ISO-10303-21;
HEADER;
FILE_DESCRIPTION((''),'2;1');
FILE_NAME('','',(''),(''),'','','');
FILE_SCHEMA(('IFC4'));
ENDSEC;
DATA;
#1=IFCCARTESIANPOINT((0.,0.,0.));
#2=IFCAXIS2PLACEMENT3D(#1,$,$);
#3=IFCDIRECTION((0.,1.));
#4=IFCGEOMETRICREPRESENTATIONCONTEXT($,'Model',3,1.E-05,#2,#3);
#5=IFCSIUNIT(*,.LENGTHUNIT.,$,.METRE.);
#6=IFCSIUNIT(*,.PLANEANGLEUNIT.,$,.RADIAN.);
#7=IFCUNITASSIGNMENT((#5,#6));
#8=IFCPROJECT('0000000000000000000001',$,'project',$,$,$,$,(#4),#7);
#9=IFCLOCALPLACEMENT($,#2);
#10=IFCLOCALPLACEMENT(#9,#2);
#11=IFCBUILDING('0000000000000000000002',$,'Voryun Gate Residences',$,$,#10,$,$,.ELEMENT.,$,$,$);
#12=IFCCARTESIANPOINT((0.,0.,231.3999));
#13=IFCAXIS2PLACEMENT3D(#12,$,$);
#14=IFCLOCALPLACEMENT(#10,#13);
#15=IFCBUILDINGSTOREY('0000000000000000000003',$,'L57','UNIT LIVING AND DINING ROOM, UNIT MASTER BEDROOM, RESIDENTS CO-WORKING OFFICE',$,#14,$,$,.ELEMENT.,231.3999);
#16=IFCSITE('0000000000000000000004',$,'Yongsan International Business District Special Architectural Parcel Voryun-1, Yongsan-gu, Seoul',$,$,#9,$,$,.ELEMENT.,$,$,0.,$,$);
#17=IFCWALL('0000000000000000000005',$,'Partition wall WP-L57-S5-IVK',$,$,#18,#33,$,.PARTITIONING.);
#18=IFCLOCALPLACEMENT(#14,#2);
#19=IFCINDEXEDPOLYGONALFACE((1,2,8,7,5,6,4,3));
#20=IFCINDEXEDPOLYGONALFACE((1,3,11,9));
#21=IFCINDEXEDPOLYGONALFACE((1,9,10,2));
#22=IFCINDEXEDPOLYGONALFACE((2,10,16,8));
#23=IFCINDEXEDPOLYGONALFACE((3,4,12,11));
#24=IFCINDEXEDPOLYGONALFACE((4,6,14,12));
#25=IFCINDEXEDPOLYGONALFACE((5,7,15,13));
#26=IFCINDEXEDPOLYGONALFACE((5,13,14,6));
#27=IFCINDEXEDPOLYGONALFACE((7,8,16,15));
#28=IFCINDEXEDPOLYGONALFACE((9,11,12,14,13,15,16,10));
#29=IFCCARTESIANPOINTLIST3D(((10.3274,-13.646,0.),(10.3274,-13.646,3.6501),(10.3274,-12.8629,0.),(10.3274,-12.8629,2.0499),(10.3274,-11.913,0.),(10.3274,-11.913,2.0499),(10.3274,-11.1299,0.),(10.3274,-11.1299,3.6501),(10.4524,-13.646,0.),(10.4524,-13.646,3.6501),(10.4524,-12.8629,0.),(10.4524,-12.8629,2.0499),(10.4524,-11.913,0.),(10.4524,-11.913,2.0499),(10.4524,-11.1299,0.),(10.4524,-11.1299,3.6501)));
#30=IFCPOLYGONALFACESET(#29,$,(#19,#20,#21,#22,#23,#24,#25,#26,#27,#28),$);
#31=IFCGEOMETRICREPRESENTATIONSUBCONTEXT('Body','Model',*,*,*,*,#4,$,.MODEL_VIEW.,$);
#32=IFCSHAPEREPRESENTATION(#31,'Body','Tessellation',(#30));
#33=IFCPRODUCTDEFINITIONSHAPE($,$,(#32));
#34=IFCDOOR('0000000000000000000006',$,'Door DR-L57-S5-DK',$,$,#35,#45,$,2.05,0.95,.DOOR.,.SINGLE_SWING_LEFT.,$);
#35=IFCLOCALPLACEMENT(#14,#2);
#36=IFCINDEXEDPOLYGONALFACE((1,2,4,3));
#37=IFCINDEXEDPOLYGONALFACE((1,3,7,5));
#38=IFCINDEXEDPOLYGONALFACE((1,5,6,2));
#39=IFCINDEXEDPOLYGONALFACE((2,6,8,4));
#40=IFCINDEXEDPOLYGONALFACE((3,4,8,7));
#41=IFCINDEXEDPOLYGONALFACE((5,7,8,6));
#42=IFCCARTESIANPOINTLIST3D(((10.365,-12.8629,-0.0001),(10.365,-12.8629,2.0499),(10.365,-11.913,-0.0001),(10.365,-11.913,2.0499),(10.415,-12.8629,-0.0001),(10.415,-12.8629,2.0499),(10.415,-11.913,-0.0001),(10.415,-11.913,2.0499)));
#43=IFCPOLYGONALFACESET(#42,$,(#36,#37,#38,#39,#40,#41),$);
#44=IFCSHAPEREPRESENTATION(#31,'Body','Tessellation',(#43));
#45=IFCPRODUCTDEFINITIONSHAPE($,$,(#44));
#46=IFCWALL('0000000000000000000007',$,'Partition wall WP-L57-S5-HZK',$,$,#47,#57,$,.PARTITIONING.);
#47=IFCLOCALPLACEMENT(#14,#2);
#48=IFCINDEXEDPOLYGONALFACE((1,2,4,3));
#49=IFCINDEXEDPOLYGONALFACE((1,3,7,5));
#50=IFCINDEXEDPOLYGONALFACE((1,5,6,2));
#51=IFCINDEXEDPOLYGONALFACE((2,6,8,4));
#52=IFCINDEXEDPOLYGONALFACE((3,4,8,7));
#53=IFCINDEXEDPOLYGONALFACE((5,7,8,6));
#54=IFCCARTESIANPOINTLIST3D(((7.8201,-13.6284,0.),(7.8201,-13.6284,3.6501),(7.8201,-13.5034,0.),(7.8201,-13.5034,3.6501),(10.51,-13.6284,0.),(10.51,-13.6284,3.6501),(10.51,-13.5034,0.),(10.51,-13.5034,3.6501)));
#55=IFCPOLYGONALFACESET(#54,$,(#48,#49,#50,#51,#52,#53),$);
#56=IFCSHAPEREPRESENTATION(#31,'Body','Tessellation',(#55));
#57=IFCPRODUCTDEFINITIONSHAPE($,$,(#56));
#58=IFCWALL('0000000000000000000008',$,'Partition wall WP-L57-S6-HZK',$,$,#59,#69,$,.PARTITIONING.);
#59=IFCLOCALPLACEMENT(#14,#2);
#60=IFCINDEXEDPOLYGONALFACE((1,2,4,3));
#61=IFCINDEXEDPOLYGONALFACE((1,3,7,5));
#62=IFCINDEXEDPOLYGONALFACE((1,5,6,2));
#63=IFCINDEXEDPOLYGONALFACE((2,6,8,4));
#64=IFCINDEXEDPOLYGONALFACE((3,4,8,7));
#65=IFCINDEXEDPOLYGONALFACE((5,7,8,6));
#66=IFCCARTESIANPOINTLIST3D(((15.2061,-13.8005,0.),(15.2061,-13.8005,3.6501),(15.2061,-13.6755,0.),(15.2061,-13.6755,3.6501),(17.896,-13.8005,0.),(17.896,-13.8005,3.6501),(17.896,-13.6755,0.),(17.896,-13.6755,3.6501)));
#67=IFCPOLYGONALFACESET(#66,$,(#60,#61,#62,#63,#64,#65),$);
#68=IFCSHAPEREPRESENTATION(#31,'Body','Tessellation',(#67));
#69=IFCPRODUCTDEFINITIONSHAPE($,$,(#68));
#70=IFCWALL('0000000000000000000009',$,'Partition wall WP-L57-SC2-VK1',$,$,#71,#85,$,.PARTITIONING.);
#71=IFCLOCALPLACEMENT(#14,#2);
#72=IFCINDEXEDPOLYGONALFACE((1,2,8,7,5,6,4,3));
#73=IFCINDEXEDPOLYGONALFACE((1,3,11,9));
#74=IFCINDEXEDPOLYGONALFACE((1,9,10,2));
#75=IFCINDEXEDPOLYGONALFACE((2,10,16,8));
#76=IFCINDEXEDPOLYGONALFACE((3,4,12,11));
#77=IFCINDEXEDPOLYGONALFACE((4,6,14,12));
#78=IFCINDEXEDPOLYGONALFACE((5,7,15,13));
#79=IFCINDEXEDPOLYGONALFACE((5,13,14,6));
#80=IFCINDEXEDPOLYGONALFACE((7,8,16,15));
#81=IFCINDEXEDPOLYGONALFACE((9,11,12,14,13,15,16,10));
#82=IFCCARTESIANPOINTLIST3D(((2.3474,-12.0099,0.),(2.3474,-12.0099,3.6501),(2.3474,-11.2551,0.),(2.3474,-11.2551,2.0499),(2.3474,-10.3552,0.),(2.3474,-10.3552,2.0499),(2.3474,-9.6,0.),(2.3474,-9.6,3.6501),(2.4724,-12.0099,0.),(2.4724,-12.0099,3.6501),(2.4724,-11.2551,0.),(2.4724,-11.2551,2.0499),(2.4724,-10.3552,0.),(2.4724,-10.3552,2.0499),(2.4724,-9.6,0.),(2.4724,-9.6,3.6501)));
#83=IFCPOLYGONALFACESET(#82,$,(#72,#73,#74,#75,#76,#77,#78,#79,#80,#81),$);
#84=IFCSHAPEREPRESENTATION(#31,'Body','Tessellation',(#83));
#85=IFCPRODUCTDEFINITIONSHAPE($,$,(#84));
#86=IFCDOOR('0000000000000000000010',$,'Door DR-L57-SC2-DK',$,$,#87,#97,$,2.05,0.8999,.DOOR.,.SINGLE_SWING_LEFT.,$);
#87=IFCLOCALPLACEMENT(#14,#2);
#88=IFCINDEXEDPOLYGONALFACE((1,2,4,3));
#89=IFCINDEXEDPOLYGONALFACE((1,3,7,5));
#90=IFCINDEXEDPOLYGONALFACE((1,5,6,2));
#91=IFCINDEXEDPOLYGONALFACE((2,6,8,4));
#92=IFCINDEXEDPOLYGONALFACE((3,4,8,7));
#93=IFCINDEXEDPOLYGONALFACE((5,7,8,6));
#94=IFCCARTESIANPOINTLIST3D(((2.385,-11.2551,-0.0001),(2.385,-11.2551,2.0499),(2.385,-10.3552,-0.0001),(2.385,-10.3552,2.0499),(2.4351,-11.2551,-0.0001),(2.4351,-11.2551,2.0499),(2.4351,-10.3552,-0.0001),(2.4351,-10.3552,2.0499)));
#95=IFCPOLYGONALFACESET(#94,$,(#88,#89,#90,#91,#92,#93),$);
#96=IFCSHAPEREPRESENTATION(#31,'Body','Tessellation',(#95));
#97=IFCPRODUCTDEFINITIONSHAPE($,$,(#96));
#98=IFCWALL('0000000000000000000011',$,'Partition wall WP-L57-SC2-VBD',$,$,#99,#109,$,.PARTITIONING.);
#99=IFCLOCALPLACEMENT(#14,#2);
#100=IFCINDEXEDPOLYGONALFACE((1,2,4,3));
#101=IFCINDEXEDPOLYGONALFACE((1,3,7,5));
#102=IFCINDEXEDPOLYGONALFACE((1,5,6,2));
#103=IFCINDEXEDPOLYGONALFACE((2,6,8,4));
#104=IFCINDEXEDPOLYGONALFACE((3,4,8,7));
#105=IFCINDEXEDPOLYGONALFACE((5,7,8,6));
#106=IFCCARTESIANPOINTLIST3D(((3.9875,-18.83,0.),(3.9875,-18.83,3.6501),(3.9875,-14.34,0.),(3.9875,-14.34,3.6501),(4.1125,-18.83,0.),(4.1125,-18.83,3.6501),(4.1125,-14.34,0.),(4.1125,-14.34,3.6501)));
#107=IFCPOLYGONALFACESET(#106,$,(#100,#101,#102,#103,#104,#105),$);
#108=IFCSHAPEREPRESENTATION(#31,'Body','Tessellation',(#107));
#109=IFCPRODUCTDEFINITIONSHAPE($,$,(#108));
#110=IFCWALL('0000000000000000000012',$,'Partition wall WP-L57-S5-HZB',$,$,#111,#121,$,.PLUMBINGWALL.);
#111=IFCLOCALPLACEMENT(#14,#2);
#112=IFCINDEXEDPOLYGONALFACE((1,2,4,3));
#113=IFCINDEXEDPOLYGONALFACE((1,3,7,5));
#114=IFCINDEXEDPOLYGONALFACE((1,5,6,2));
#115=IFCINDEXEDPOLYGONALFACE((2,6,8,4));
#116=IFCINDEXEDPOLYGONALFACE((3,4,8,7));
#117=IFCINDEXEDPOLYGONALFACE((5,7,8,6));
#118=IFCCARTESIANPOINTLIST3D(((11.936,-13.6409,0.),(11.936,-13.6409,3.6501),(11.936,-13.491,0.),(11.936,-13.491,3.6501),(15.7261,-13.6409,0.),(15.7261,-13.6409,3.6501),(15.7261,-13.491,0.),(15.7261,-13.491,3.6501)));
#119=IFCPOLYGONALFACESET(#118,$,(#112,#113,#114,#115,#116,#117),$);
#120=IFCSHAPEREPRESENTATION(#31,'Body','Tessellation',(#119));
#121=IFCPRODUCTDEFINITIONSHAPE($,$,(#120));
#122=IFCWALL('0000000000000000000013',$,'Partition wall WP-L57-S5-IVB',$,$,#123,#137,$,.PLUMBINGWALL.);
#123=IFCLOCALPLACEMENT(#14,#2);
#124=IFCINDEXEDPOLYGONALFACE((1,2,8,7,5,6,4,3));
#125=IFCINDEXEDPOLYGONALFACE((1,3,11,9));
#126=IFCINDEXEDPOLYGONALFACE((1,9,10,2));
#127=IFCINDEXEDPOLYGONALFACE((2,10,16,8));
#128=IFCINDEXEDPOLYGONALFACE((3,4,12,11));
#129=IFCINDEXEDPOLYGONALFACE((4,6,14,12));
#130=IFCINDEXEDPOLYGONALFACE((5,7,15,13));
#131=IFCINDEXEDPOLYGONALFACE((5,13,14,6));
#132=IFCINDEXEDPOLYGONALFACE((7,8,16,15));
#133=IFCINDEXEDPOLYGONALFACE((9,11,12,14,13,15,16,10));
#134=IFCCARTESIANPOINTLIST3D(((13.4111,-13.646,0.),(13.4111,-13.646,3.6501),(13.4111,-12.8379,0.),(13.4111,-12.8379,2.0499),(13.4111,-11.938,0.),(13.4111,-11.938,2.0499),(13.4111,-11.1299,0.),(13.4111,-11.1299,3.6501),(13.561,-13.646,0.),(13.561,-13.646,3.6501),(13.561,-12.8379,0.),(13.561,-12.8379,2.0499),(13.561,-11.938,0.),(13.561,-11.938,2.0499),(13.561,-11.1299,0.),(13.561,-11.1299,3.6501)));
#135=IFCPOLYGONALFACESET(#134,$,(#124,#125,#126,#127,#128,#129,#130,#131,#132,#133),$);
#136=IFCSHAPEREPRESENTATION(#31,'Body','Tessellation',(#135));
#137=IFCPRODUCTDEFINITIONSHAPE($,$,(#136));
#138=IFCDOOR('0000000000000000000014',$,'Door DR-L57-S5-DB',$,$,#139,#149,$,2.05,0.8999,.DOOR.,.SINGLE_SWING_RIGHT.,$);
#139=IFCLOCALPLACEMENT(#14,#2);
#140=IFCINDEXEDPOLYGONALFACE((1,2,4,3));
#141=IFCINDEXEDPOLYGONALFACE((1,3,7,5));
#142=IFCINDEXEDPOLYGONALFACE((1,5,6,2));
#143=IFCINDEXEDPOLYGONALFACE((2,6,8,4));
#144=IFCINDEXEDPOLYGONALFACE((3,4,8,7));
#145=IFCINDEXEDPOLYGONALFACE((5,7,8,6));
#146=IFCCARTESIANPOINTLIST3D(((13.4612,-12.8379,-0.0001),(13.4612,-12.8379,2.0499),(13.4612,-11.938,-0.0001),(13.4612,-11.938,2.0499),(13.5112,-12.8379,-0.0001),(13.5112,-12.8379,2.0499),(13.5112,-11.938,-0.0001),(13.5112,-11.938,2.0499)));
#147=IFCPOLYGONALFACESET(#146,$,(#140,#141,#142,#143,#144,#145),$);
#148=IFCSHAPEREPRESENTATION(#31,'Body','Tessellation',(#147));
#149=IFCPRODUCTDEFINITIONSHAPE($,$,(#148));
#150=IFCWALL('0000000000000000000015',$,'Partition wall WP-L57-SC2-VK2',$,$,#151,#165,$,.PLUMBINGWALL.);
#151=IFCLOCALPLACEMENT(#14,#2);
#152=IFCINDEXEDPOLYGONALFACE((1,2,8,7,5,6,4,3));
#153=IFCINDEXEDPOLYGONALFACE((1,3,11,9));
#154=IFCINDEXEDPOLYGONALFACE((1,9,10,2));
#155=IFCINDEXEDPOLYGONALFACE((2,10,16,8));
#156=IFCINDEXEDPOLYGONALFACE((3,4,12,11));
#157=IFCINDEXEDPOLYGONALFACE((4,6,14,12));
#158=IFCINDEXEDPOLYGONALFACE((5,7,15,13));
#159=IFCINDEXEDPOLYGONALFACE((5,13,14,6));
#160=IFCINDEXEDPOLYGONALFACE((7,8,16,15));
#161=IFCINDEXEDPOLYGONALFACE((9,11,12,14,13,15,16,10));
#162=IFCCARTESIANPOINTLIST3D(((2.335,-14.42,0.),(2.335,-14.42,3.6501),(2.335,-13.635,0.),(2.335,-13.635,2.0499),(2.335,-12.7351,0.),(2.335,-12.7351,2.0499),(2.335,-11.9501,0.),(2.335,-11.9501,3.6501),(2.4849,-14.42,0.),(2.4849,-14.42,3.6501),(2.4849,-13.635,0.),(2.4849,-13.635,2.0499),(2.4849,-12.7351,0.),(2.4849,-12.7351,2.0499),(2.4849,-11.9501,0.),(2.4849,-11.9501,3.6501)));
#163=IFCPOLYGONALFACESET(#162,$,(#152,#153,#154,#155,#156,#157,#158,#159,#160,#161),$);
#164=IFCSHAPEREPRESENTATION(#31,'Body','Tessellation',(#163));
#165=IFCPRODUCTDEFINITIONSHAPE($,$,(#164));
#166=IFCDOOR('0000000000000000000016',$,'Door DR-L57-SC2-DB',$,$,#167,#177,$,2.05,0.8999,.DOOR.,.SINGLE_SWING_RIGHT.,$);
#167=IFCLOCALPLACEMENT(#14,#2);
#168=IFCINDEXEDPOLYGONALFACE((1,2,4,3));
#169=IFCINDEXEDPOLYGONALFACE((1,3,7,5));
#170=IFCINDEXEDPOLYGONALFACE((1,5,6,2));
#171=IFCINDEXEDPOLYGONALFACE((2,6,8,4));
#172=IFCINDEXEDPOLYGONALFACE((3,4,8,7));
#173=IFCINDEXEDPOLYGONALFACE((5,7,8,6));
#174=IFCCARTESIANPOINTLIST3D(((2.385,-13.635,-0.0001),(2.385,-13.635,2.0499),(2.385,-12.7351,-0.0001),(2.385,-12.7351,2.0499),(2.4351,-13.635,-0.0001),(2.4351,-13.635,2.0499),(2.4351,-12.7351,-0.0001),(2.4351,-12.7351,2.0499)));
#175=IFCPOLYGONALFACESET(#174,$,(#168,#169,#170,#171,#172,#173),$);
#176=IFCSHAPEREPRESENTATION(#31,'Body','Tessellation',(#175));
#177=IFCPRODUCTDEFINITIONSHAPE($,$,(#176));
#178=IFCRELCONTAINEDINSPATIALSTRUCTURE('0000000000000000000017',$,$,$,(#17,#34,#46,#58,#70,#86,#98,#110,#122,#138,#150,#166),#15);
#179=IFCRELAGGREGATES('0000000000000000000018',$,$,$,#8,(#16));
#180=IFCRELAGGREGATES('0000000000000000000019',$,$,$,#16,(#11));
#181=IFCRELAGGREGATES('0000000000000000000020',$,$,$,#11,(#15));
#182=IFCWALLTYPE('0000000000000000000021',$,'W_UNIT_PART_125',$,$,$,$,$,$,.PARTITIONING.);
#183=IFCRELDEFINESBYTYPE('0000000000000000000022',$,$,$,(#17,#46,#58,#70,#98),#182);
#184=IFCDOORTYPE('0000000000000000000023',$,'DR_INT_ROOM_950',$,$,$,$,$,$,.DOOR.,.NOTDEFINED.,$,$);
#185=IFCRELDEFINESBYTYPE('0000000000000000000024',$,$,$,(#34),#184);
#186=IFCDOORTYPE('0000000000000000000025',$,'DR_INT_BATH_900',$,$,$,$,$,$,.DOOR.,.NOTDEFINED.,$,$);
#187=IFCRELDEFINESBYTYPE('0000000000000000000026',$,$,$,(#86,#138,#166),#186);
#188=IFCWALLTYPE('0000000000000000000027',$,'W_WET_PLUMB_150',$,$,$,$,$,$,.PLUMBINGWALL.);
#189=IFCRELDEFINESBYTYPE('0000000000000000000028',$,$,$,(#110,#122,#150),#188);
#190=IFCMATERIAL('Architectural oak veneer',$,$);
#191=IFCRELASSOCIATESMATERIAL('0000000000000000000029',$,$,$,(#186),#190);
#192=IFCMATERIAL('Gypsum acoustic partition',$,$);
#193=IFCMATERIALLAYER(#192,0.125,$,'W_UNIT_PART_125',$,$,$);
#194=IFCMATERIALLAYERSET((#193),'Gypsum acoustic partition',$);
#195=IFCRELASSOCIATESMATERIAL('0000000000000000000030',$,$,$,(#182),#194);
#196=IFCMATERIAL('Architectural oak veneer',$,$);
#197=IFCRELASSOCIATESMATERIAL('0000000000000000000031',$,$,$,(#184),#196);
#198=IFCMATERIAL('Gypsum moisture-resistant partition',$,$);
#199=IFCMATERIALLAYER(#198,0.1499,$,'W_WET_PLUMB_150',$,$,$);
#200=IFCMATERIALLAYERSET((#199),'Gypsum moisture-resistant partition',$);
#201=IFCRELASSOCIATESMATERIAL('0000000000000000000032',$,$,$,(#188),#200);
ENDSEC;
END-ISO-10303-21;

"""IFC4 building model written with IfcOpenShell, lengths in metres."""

from ifc_helpers import new_model, si_unit, direction, frame, frame_2d, origin, place, context, subcontext, project, spatial, rectangle, extrude, material, layer, layer_set, type_object, element, fill, save


model = new_model("IFC4")

# Units and contexts
model_context = context("Model", 3, precision=1e-05, world=origin(), true_north=direction((0.0, 1.0)))
body_context = subcontext(model_context, "Body", "Model", "MODEL_VIEW")
ifc_project = project(units=[si_unit("LENGTHUNIT", "METRE"), si_unit("PLANEANGLEUNIT", "RADIAN")], contexts=[model_context])

# Site, building, storey
site_placement = place(None, origin())
site = spatial("IfcSite", under=ifc_project, at=site_placement, Name="Yongsan International Business District Special Architectural Parcel Voryun-1, Yongsan-gu, Seoul", CompositionType="ELEMENT", RefElevation=0.0)
building_placement = place(site_placement, origin())
building = spatial("IfcBuilding", under=site, at=building_placement, Name="Voryun Gate Residences", CompositionType="ELEMENT")
storey_placement = place(building_placement, frame((0.0, 0.0, 231.3999)))
storey = spatial("IfcBuildingStorey", under=building, at=storey_placement, Name="L57", Description="UNIT LIVING AND DINING ROOM, UNIT MASTER BEDROOM, RESIDENTS CO-WORKING OFFICE", CompositionType="ELEMENT", Elevation=231.3999)

# Shared definitions
ifc_material_1 = material(Name="Architectural oak veneer")
door_type_1 = type_object("IfcDoorType", Name="DR_INT_BATH_900", OperationType="NOTDEFINED", PredefinedType="DOOR", material=ifc_material_1)

# Wall, opening, door
ifc_material_2 = material(Name="Gypsum acoustic partition")
ifc_layer_1 = layer(ifc_material_2, 0.125, Name="W_UNIT_PART_125")
ifc_layer_set_1 = layer_set([ifc_layer_1], Name="Gypsum acoustic partition")
wall_type_1 = type_object("IfcWallType", Name="W_UNIT_PART_125", PredefinedType="PARTITIONING", material=ifc_layer_set_1)
wall_1_placement = place(storey_placement, frame((10.3899, -13.646, 0.0), z_axis=(0.0, 0.0, 1.0), x_axis=(0.0, 1.0, 0.0)))
wall_1 = element("IfcWall", 1, at=wall_1_placement, inside=storey, type_object=wall_type_1, Name="Partition wall WP-L57-S5-IVK", PredefinedType="PARTITIONING", context=body_context, shape_type="SweptSolid", body=[
    extrude(rectangle(XDim=2.5161, YDim=0.125, at=frame_2d((1.2581, 0.0))), origin(), (0.0, 0.0, 1.0), 3.6501),
])
opening_1_placement = place(wall_1_placement, frame((0.783, 0.0, 0.0)))
opening_1 = element("IfcOpeningElement", 2, at=opening_1_placement, cuts=wall_1, PredefinedType="OPENING", context=body_context, shape_type="SweptSolid", body=[
    extrude(rectangle(XDim=0.95, YDim=2.05, at=frame_2d((0.4751, 1.0249))), frame((0.0, 0.0725, 0.0), z_axis=(0.0, -1.0, 0.0), x_axis=(1.0, 0.0, 0.0)), (0.0, 0.0, 1.0), 0.145),
])
ifc_material_3 = material(Name="Architectural oak veneer")
door_type_2 = type_object("IfcDoorType", Name="DR_INT_ROOM_950", OperationType="NOTDEFINED", PredefinedType="DOOR", material=ifc_material_3)
door_1_placement = place(opening_1_placement, origin())
door_1 = element("IfcDoor", 3, at=door_1_placement, inside=storey, type_object=door_type_2, Name="Door DR-L57-S5-DK", OperationType="SINGLE_SWING_LEFT", OverallHeight=2.05, OverallWidth=0.95, PredefinedType="DOOR", context=body_context, shape_type="SweptSolid", body=[
    extrude(rectangle(XDim=0.95, YDim=2.05, at=frame_2d((0.4751, 1.0249))), frame((0.0, 0.0249, 0.0), z_axis=(0.0, -1.0, 0.0), x_axis=(1.0, 0.0, 0.0)), (0.0, 0.0, 1.0), 0.05),
])
fill(opening_1, door_1)

# Walls
for number, where, z_axis, x_axis, name in (
    (4, (7.8201, -13.5659, 0.0), (0.0, 0.0, 1.0), (1.0, 0.0, 0.0), "Partition wall WP-L57-S5-HZK"),
    (5, (15.2061, -13.738, 0.0), (0.0, 0.0, 1.0), (1.0, 0.0, 0.0), "Partition wall WP-L57-S6-HZK"),
):
    element("IfcWall", number, at=place(storey_placement, frame(where, z_axis=z_axis, x_axis=x_axis)), inside=storey, type_object=wall_type_1, Name=name, PredefinedType="PARTITIONING", context=body_context, shape_type="SweptSolid", body=[
        extrude(rectangle(XDim=2.6899, YDim=0.125, at=frame_2d((1.345, 0.0))), origin(), (0.0, 0.0, 1.0), 3.6501),
    ])

# Wall, opening, door
wall_2_placement = place(storey_placement, frame((2.4099, -12.01, 0.0), z_axis=(0.0, 0.0, 1.0), x_axis=(0.0, 1.0, 0.0)))
wall_2 = element("IfcWall", 6, at=wall_2_placement, inside=storey, type_object=wall_type_1, Name="Partition wall WP-L57-SC2-VK1", PredefinedType="PARTITIONING", context=body_context, shape_type="SweptSolid", body=[
    extrude(rectangle(XDim=2.4099, YDim=0.125, at=frame_2d((1.2051, 0.0))), origin(), (0.0, 0.0, 1.0), 3.6501),
])
opening_2_placement = place(wall_2_placement, frame((0.7549, 0.0, 0.0)))
opening_2 = element("IfcOpeningElement", 7, at=opening_2_placement, cuts=wall_2, PredefinedType="OPENING", context=body_context, shape_type="SweptSolid", body=[
    extrude(rectangle(XDim=0.8999, YDim=2.05, at=frame_2d((0.45, 1.0249))), frame((0.0, 0.0725, 0.0), z_axis=(0.0, -1.0, 0.0), x_axis=(1.0, 0.0, 0.0)), (0.0, 0.0, 1.0), 0.145),
])
door_2_placement = place(opening_2_placement, origin())
door_2 = element("IfcDoor", 8, at=door_2_placement, inside=storey, type_object=door_type_1, Name="Door DR-L57-SC2-DK", OperationType="SINGLE_SWING_LEFT", OverallHeight=2.05, OverallWidth=0.8999, PredefinedType="DOOR", context=body_context, shape_type="SweptSolid", body=[
    extrude(rectangle(XDim=0.8999, YDim=2.05, at=frame_2d((0.45, 1.0249))), frame((0.0, 0.0249, 0.0), z_axis=(0.0, -1.0, 0.0), x_axis=(1.0, 0.0, 0.0)), (0.0, 0.0, 1.0), 0.05),
])
fill(opening_2, door_2)

# Walls
wall_3_placement = place(storey_placement, frame((4.05, -18.8301, 0.0), z_axis=(0.0, 0.0, 1.0), x_axis=(0.0, 1.0, 0.0)))
element("IfcWall", 9, at=wall_3_placement, inside=storey, type_object=wall_type_1, Name="Partition wall WP-L57-SC2-VBD", PredefinedType="PARTITIONING", context=body_context, shape_type="SweptSolid", body=[
    extrude(rectangle(XDim=4.49, YDim=0.125, at=frame_2d((2.2451, 0.0))), origin(), (0.0, 0.0, 1.0), 3.6501),
])
ifc_material_4 = material(Name="Gypsum moisture-resistant partition")
ifc_layer_2 = layer(ifc_material_4, 0.1499, Name="W_WET_PLUMB_150")
ifc_layer_set_2 = layer_set([ifc_layer_2], Name="Gypsum moisture-resistant partition")
wall_type_2 = type_object("IfcWallType", Name="W_WET_PLUMB_150", PredefinedType="PLUMBINGWALL", material=ifc_layer_set_2)
wall_4_placement = place(storey_placement, frame((11.936, -13.5659, 0.0), z_axis=(0.0, 0.0, 1.0), x_axis=(1.0, 0.0, 0.0)))
element("IfcWall", 10, at=wall_4_placement, inside=storey, type_object=wall_type_2, Name="Partition wall WP-L57-S5-HZB", PredefinedType="PLUMBINGWALL", context=body_context, shape_type="SweptSolid", body=[
    extrude(rectangle(XDim=3.79, YDim=0.1499, at=frame_2d((1.895, 0.0))), origin(), (0.0, 0.0, 1.0), 3.6501),
])

# Walls, openings, doors
wall_5_placement = place(storey_placement, frame((13.4861, -13.646, 0.0), z_axis=(0.0, 0.0, 1.0), x_axis=(0.0, 1.0, 0.0)))
wall_5 = element("IfcWall", 11, at=wall_5_placement, inside=storey, type_object=wall_type_2, Name="Partition wall WP-L57-S5-IVB", PredefinedType="PLUMBINGWALL", context=body_context, shape_type="SweptSolid", body=[
    extrude(rectangle(XDim=2.5161, YDim=0.1499, at=frame_2d((1.2581, 0.0))), origin(), (0.0, 0.0, 1.0), 3.6501),
])
opening_3_placement = place(wall_5_placement, frame((0.8081, 0.0, 0.0)))
opening_3 = element("IfcOpeningElement", 12, at=opening_3_placement, cuts=wall_5, PredefinedType="OPENING", context=body_context, shape_type="SweptSolid", body=[
    extrude(rectangle(XDim=0.8999, YDim=2.05, at=frame_2d((0.45, 1.0249))), frame((0.0, 0.085, 0.0), z_axis=(0.0, -1.0, 0.0), x_axis=(1.0, 0.0, 0.0)), (0.0, 0.0, 1.0), 0.1699),
])
door_3_placement = place(opening_3_placement, origin())
door_3 = element("IfcDoor", 13, at=door_3_placement, inside=storey, type_object=door_type_1, Name="Door DR-L57-S5-DB", OperationType="SINGLE_SWING_RIGHT", OverallHeight=2.05, OverallWidth=0.8999, PredefinedType="DOOR", context=body_context, shape_type="SweptSolid", body=[
    extrude(rectangle(XDim=0.8999, YDim=2.05, at=frame_2d((0.45, 1.0249))), frame((0.0, 0.0249, 0.0), z_axis=(0.0, -1.0, 0.0), x_axis=(1.0, 0.0, 0.0)), (0.0, 0.0, 1.0), 0.05),
])
fill(opening_3, door_3)
wall_6_placement = place(storey_placement, frame((2.4099, -14.4199, 0.0), z_axis=(0.0, 0.0, 1.0), x_axis=(0.0, 1.0, 0.0)))
wall_6 = element("IfcWall", 14, at=wall_6_placement, inside=storey, type_object=wall_type_2, Name="Partition wall WP-L57-SC2-VK2", PredefinedType="PLUMBINGWALL", context=body_context, shape_type="SweptSolid", body=[
    extrude(rectangle(XDim=2.47, YDim=0.1499, at=frame_2d((1.2349, 0.0))), origin(), (0.0, 0.0, 1.0), 3.6501),
])
opening_4_placement = place(wall_6_placement, frame((0.7849, 0.0, 0.0)))
opening_4 = element("IfcOpeningElement", 15, at=opening_4_placement, cuts=wall_6, PredefinedType="OPENING", context=body_context, shape_type="SweptSolid", body=[
    extrude(rectangle(XDim=0.8999, YDim=2.05, at=frame_2d((0.45, 1.0249))), frame((0.0, 0.085, 0.0), z_axis=(0.0, -1.0, 0.0), x_axis=(1.0, 0.0, 0.0)), (0.0, 0.0, 1.0), 0.1699),
])
door_4_placement = place(opening_4_placement, origin())
door_4 = element("IfcDoor", 16, at=door_4_placement, inside=storey, type_object=door_type_1, Name="Door DR-L57-SC2-DB", OperationType="SINGLE_SWING_RIGHT", OverallHeight=2.05, OverallWidth=0.8999, PredefinedType="DOOR", context=body_context, shape_type="SweptSolid", body=[
    extrude(rectangle(XDim=0.8999, YDim=2.05, at=frame_2d((0.45, 1.0249))), frame((0.0, 0.0249, 0.0), z_axis=(0.0, -1.0, 0.0), x_axis=(1.0, 0.0, 0.0)), (0.0, 0.0, 1.0), 0.05),
])
fill(opening_4, door_4)

save(model, "model.ifc")
